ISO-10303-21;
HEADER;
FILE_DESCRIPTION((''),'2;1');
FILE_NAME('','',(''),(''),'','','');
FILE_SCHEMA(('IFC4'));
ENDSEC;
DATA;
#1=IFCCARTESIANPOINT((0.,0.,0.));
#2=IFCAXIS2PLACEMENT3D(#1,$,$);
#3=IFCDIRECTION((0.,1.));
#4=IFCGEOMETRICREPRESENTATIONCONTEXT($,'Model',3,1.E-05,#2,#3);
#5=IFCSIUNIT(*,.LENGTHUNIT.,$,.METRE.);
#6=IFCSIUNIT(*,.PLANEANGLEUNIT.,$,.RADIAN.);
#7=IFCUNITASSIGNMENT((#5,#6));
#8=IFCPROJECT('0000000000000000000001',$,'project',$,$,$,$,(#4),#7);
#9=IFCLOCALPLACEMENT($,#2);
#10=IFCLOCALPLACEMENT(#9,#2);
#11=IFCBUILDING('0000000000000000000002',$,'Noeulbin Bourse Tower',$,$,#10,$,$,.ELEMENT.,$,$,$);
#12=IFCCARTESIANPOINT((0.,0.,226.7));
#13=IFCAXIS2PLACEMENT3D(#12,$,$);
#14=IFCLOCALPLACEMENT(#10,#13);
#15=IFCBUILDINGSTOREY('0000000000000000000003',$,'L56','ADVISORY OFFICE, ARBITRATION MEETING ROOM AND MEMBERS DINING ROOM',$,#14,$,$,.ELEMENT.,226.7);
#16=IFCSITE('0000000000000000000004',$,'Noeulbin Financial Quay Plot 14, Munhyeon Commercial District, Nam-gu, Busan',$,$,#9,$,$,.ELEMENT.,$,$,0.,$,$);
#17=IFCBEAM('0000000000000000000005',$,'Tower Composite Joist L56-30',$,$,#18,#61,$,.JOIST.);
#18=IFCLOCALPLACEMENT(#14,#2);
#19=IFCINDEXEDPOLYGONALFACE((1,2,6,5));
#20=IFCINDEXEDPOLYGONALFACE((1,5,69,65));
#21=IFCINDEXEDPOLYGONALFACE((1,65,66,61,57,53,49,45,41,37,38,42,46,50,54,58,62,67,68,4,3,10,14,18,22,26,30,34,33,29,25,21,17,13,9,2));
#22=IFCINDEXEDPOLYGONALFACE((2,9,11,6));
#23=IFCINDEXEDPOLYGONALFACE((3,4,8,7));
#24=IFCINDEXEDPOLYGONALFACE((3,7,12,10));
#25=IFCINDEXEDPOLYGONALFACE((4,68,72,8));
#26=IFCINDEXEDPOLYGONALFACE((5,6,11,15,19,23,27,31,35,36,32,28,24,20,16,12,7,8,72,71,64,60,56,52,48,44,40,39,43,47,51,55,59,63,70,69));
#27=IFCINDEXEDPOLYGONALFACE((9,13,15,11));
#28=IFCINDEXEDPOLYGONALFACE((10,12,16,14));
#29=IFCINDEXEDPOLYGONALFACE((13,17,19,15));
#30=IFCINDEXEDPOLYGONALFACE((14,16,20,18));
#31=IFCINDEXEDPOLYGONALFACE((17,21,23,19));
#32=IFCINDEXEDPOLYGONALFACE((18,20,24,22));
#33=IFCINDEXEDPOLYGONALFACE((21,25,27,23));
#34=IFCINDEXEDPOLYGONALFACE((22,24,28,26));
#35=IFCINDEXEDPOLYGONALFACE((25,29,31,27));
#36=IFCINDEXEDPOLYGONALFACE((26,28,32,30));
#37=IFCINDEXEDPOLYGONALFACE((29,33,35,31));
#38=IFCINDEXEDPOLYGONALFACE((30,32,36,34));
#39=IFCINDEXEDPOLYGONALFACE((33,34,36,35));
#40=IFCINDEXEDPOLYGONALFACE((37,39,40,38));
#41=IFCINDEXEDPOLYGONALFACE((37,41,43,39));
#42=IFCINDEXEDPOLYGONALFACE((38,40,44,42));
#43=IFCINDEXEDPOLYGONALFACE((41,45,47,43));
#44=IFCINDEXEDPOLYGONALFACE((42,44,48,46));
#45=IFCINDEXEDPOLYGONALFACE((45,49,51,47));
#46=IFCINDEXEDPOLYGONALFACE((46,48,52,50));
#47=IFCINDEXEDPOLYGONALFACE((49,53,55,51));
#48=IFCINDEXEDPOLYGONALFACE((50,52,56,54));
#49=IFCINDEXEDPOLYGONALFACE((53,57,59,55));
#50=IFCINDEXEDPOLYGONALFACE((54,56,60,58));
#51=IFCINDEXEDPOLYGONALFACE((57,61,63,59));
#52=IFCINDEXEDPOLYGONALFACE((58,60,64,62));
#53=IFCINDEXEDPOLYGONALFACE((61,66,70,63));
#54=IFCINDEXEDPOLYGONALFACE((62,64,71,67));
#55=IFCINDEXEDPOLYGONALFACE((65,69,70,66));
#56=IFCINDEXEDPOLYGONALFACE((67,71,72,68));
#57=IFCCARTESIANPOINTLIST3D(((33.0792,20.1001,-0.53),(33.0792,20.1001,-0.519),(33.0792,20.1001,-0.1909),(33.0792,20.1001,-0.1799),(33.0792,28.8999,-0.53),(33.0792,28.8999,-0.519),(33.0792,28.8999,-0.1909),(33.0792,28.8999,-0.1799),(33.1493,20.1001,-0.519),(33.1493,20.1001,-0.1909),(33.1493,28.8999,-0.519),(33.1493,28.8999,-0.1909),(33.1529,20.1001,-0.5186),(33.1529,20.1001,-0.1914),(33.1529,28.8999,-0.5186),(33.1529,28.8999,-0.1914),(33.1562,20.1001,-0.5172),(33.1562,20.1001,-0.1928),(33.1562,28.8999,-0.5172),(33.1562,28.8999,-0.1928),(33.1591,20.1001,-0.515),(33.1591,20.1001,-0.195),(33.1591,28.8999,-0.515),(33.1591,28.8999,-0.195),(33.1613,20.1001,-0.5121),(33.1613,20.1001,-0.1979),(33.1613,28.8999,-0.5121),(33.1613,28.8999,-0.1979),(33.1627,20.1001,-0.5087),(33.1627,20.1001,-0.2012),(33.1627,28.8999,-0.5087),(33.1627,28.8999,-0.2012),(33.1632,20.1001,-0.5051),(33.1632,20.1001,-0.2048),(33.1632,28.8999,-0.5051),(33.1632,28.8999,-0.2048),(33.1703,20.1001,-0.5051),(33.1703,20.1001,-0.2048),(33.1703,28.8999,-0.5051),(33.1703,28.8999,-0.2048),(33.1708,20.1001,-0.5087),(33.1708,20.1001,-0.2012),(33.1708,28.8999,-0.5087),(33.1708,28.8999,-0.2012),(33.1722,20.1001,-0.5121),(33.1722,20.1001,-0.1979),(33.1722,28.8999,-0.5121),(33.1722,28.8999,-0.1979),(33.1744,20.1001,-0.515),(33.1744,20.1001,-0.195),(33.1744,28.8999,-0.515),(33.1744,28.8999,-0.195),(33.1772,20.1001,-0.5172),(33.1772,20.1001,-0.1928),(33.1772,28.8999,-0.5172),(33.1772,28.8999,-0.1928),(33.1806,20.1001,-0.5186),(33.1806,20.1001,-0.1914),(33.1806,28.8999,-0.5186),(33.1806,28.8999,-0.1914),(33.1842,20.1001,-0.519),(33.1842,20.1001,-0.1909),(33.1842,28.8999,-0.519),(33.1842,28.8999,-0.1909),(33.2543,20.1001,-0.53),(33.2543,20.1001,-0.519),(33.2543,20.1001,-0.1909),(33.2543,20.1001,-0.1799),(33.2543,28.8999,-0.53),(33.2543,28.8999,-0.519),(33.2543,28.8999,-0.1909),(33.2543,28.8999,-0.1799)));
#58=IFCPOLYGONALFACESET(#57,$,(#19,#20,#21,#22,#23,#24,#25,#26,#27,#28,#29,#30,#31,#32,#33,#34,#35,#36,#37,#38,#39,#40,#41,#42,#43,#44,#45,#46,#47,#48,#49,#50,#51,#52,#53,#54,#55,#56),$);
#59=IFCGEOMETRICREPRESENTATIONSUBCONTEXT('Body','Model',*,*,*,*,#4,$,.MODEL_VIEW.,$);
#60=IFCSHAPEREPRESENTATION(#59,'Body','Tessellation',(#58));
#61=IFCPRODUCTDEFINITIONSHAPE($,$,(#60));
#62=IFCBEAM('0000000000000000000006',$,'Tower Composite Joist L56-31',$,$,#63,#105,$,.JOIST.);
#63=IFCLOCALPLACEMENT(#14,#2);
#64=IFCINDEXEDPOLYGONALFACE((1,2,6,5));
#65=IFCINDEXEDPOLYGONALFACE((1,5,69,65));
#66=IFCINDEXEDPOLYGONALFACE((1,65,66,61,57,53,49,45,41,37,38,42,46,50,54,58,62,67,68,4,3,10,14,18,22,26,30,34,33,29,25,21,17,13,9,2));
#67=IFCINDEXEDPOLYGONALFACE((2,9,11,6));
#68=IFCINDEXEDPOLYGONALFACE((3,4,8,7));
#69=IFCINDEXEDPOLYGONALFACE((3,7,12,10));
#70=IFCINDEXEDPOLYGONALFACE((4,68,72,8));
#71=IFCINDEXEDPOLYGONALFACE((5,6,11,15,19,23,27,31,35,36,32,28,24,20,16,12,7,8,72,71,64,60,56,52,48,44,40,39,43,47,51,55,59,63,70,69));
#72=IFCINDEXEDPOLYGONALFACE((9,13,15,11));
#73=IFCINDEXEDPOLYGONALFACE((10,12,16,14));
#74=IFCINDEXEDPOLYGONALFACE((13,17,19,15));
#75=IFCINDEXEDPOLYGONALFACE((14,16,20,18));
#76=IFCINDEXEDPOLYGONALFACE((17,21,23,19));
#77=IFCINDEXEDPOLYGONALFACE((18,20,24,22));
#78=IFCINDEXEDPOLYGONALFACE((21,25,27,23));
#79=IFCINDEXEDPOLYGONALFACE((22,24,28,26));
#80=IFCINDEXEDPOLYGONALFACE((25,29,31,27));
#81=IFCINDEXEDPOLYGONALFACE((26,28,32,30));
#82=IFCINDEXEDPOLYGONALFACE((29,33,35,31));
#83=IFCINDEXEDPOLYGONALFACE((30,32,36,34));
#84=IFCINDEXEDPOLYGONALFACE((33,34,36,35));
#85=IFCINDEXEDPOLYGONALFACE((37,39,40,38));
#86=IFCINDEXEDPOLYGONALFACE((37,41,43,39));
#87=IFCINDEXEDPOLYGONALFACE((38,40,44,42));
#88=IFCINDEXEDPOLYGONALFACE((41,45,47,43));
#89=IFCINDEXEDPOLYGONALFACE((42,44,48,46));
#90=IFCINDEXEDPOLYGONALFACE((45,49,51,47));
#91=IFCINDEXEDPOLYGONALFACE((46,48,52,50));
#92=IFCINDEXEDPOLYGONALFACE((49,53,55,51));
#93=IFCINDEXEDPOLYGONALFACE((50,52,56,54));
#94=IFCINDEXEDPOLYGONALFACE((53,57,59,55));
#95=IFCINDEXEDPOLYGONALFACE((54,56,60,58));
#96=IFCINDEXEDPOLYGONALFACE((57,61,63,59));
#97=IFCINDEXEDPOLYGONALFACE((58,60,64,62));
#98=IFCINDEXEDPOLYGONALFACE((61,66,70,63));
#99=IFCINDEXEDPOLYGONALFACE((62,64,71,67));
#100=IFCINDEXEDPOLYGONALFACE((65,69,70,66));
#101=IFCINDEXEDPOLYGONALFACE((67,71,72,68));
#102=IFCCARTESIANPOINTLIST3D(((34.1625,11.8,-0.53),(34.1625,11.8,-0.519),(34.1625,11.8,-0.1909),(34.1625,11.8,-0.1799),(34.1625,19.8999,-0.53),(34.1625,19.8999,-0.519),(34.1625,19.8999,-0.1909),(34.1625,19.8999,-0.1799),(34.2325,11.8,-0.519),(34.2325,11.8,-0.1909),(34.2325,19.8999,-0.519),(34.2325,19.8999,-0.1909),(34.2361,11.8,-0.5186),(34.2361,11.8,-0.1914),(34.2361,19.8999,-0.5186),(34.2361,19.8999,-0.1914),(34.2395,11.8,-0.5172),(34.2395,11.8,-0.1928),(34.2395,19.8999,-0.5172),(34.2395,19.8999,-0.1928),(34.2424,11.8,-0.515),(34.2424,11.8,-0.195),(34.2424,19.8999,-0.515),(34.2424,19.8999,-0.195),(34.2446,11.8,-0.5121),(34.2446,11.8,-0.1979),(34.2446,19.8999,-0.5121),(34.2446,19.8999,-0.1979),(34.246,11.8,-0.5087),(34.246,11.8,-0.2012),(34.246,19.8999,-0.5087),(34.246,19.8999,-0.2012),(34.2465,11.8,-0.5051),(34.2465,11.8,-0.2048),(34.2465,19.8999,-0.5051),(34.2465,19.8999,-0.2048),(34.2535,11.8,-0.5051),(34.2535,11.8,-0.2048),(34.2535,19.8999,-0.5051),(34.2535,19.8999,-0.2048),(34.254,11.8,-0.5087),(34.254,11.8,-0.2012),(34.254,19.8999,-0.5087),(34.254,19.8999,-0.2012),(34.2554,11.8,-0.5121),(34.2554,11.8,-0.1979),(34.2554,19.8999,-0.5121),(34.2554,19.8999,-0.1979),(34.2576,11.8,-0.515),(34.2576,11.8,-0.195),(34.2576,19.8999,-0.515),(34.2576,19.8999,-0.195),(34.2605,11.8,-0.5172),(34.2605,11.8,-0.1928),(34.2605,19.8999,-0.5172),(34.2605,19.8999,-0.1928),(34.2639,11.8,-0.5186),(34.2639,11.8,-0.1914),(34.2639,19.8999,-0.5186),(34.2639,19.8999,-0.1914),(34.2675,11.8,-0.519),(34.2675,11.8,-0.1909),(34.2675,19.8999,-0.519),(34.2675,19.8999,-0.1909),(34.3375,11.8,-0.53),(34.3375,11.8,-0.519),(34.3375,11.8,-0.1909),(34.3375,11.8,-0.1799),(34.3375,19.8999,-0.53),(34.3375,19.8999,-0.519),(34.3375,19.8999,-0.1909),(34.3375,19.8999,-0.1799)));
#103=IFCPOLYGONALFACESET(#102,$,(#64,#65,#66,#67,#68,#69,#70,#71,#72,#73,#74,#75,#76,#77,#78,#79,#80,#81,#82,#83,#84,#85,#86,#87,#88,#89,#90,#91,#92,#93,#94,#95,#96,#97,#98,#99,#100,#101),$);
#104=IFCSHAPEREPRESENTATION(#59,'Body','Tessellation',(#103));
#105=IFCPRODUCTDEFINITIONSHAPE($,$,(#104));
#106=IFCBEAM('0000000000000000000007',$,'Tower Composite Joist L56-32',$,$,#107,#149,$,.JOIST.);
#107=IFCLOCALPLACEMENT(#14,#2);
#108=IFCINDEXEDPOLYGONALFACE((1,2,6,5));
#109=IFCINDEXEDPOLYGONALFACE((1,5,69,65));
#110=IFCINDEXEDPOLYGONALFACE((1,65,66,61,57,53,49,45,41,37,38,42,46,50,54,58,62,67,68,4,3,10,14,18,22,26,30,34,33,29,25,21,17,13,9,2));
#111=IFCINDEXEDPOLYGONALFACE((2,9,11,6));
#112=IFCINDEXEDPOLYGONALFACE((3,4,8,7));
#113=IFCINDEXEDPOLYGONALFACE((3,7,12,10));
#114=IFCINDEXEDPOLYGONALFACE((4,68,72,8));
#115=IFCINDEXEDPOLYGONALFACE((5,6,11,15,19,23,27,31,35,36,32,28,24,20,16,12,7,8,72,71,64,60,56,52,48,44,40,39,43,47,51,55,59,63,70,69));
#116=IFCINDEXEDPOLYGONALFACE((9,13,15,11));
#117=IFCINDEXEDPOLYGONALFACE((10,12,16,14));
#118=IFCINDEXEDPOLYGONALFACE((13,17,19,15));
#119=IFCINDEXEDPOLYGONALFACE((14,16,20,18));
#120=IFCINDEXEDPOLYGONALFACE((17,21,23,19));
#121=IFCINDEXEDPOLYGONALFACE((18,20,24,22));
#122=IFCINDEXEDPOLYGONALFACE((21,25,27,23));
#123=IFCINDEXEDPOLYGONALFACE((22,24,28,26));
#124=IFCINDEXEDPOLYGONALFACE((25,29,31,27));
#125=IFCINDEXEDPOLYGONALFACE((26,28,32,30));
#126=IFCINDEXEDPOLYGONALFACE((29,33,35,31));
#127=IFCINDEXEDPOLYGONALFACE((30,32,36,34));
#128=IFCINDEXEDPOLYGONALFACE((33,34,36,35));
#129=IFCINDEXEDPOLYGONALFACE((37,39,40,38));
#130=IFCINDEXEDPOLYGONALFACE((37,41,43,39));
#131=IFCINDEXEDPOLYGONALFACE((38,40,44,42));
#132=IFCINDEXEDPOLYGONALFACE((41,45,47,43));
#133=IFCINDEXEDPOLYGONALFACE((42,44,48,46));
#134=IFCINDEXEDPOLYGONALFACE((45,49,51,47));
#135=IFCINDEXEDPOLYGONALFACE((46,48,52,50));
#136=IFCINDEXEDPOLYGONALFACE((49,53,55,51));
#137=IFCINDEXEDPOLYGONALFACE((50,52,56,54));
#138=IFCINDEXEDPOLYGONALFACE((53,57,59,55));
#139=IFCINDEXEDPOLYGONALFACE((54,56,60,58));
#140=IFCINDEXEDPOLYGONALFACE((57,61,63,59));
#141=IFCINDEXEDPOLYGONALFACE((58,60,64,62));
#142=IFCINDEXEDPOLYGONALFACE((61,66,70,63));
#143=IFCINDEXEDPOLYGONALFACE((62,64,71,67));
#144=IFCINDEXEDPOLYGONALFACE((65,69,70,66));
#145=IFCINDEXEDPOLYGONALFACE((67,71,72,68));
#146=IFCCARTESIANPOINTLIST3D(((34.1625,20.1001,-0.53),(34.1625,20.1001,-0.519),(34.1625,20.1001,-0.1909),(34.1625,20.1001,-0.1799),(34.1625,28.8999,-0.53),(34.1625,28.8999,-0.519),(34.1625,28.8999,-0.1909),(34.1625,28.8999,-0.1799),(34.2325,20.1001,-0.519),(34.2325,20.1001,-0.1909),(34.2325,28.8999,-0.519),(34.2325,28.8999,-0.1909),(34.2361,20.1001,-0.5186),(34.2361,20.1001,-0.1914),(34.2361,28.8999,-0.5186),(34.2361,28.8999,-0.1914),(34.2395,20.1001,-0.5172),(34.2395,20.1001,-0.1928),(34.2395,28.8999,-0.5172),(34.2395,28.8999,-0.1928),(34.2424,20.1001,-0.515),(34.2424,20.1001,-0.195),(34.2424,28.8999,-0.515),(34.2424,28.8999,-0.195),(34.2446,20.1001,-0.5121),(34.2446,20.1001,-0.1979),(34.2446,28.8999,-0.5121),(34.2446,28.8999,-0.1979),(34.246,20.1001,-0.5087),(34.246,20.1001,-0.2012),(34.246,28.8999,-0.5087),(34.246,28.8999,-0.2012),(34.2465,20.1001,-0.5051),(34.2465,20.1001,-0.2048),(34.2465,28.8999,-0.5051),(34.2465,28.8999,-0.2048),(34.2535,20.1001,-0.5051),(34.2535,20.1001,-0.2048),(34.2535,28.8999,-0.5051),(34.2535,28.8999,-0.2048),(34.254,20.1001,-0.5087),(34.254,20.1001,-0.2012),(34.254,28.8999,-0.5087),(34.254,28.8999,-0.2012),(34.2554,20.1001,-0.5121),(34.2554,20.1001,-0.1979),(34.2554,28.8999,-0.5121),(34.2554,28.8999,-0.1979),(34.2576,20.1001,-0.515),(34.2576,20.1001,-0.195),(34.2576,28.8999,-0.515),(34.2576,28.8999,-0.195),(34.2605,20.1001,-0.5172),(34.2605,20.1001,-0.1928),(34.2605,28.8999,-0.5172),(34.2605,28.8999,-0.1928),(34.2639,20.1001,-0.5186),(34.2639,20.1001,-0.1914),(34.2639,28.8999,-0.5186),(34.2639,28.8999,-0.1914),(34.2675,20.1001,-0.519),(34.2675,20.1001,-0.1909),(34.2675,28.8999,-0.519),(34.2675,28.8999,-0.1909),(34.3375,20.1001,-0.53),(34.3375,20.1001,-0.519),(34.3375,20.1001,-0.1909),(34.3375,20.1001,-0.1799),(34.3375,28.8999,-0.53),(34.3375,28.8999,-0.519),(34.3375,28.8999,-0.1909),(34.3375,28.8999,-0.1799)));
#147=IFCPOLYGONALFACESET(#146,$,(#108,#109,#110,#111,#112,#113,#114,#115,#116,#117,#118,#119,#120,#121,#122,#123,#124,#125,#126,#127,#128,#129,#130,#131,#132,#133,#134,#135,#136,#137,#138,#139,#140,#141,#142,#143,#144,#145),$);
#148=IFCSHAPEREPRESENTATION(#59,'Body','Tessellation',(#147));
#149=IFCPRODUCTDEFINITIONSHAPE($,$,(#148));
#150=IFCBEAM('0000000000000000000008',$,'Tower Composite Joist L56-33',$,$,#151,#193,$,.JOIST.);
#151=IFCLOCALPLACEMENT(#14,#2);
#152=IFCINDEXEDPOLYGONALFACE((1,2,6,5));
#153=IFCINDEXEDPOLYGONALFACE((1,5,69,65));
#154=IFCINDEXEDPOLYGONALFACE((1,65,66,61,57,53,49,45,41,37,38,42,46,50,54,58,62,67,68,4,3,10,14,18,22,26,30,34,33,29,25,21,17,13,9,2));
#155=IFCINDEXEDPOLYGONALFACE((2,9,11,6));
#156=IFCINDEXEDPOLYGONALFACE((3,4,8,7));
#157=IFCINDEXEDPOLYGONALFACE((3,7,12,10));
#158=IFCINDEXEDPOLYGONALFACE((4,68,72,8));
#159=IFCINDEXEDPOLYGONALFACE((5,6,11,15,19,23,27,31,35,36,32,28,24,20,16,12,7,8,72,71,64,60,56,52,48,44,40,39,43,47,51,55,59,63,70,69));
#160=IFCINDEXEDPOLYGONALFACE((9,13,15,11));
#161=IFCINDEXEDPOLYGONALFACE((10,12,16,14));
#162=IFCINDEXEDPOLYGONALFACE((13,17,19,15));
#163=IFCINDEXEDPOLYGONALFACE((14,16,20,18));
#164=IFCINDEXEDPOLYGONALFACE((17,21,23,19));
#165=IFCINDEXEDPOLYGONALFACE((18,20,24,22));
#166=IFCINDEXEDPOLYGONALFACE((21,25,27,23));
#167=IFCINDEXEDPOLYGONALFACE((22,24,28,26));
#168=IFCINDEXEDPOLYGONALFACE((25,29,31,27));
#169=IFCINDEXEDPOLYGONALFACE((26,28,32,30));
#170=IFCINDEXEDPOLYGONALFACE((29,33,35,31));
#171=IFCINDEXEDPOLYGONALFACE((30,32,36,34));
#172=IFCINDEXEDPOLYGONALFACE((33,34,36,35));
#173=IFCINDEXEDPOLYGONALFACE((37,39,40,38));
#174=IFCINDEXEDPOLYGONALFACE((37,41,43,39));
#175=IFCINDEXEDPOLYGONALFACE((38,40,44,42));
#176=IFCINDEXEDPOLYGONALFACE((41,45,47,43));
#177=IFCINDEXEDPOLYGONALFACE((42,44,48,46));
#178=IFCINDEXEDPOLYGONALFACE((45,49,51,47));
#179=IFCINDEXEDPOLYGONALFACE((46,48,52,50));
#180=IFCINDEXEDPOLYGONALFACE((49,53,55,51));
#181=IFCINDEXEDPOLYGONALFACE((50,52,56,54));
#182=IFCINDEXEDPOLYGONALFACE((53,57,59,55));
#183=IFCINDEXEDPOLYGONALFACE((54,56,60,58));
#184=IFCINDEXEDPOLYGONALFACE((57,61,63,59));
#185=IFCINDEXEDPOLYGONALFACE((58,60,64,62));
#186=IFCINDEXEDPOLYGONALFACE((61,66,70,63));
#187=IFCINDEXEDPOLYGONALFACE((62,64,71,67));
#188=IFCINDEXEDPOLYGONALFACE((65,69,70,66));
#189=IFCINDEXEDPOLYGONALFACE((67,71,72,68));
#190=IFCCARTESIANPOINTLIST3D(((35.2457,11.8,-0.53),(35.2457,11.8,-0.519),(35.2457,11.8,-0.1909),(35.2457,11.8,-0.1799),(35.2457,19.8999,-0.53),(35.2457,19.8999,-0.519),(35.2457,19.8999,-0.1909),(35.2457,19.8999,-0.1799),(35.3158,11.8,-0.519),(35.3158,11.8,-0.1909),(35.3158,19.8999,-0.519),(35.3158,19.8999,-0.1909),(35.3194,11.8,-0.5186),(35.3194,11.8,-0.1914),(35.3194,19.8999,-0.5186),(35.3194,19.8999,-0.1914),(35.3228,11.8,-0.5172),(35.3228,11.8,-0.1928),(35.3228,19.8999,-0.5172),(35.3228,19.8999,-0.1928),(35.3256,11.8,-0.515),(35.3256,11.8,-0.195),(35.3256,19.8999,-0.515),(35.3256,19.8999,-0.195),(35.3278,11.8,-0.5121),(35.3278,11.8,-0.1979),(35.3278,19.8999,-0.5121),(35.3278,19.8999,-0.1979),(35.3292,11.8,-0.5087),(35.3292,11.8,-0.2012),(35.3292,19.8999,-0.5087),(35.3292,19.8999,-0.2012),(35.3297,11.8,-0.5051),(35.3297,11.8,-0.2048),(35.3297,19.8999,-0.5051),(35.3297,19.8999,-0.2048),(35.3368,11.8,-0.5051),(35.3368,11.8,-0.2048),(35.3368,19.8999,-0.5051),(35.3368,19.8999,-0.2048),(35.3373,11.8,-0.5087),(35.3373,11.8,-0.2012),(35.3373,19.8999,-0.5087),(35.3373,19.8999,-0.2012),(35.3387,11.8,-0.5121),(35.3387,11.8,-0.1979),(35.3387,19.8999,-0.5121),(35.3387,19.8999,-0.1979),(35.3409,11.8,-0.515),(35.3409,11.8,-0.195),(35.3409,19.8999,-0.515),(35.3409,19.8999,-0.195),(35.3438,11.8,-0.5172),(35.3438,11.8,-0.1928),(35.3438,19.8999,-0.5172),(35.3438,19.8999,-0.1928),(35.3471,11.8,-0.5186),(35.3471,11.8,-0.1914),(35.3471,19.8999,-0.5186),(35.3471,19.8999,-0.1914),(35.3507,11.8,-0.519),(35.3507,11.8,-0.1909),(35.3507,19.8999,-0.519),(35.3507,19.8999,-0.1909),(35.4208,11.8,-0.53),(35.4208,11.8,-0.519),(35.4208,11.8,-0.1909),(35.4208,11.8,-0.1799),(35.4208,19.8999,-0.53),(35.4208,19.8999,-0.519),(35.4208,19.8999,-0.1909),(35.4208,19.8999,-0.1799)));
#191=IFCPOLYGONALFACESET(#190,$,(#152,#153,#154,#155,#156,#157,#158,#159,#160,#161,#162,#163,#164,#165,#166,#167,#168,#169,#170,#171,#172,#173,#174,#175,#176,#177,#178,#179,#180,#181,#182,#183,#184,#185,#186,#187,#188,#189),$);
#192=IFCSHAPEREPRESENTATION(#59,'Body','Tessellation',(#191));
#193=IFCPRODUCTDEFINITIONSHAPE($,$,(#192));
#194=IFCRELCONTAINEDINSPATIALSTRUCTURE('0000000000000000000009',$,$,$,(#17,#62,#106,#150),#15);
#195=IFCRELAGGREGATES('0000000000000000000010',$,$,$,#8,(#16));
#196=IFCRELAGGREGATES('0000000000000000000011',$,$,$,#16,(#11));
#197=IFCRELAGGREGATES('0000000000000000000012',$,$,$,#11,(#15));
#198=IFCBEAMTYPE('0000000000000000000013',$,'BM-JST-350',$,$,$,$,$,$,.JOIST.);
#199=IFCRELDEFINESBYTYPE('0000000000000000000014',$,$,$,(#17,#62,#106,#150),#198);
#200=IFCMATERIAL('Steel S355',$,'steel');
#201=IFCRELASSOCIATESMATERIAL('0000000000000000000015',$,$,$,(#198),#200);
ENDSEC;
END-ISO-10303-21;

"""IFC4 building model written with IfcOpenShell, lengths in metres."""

from ifc_helpers import new_model, si_unit, direction, frame, origin, origin_2d, place, context, subcontext, project, spatial, i_section, extrude, material, material_profile, profile_set, type_object, element, save


model = new_model("IFC4")

# Units and contexts
model_context = context("Model", 3, precision=1e-05, world=origin(), true_north=direction((0.0, 1.0)))
body_context = subcontext(model_context, "Body", "Model", "MODEL_VIEW")
ifc_project = project(units=[si_unit("LENGTHUNIT", "METRE"), si_unit("PLANEANGLEUNIT", "RADIAN")], contexts=[model_context])

# Site, building, storey
site_placement = place(None, origin())
site = spatial("IfcSite", under=ifc_project, at=site_placement, Name="Noeulbin Financial Quay Plot 14, Munhyeon Commercial District, Nam-gu, Busan", CompositionType="ELEMENT", RefElevation=0.0)
building_placement = place(site_placement, origin())
building = spatial("IfcBuilding", under=site, at=building_placement, Name="Noeulbin Bourse Tower", CompositionType="ELEMENT")
storey_placement = place(building_placement, frame((0.0, 0.0, 226.7)))
storey = spatial("IfcBuildingStorey", under=building, at=storey_placement, Name="L56", Description="ADVISORY OFFICE, ARBITRATION MEETING ROOM AND MEMBERS DINING ROOM", CompositionType="ELEMENT", Elevation=226.7)

# Shared definitions
ifc_material_1 = material(Name="Steel S355", Category="steel")

# Beams
ifc_material_profile_1 = material_profile(ifc_material_1, i_section(OverallWidth=0.175, OverallDepth=0.3501, WebThickness=0.0071, FlangeThickness=0.011, FilletRadius=0.0139, at=origin_2d()), Name="H-350x175x7x11", Category="LoadBearing")
ifc_profile_set_1 = profile_set([ifc_material_profile_1], Name="Steel S355")
beam_type_1 = type_object("IfcBeamType", Name="BM-JST-350", PredefinedType="JOIST", material=ifc_profile_set_1)
beam_1_placement = place(storey_placement, frame((33.1667, 20.1001, -0.355), z_axis=(0.0, 1.0, 0.0), x_axis=(-1.0, 0.0, 0.0)))
element("IfcBeam", 1, at=beam_1_placement, inside=storey, type_object=beam_type_1, Name="Tower Composite Joist L56-30", PredefinedType="JOIST", context=body_context, shape_type="SweptSolid", body=[
    extrude(i_section(OverallWidth=0.175, OverallDepth=0.3501, WebThickness=0.0071, FlangeThickness=0.011, FilletRadius=0.0139, at=origin_2d()), origin(), (0.0, 0.0, 1.0), 8.7998),
])
beam_2_placement = place(storey_placement, frame((34.25, 11.8, -0.355), z_axis=(0.0, 1.0, 0.0), x_axis=(-1.0, 0.0, 0.0)))
element("IfcBeam", 2, at=beam_2_placement, inside=storey, type_object=beam_type_1, Name="Tower Composite Joist L56-31", PredefinedType="JOIST", context=body_context, shape_type="SweptSolid", body=[
    extrude(i_section(OverallWidth=0.175, OverallDepth=0.3501, WebThickness=0.0071, FlangeThickness=0.011, FilletRadius=0.0139, at=origin_2d()), origin(), (0.0, 0.0, 1.0), 8.0999),
])
beam_3_placement = place(storey_placement, frame((34.25, 20.1001, -0.355), z_axis=(0.0, 1.0, 0.0), x_axis=(-1.0, 0.0, 0.0)))
element("IfcBeam", 3, at=beam_3_placement, inside=storey, type_object=beam_type_1, Name="Tower Composite Joist L56-32", PredefinedType="JOIST", context=body_context, shape_type="SweptSolid", body=[
    extrude(i_section(OverallWidth=0.175, OverallDepth=0.3501, WebThickness=0.0071, FlangeThickness=0.011, FilletRadius=0.0139, at=origin_2d()), origin(), (0.0, 0.0, 1.0), 8.7998),
])
beam_4_placement = place(storey_placement, frame((35.3333, 11.8, -0.355), z_axis=(0.0, 1.0, 0.0), x_axis=(-1.0, 0.0, 0.0)))
element("IfcBeam", 4, at=beam_4_placement, inside=storey, type_object=beam_type_1, Name="Tower Composite Joist L56-33", PredefinedType="JOIST", context=body_context, shape_type="SweptSolid", body=[
    extrude(i_section(OverallWidth=0.175, OverallDepth=0.3501, WebThickness=0.0071, FlangeThickness=0.011, FilletRadius=0.0139, at=origin_2d()), origin(), (0.0, 0.0, 1.0), 8.0999),
])

save(model, "model.ifc")
